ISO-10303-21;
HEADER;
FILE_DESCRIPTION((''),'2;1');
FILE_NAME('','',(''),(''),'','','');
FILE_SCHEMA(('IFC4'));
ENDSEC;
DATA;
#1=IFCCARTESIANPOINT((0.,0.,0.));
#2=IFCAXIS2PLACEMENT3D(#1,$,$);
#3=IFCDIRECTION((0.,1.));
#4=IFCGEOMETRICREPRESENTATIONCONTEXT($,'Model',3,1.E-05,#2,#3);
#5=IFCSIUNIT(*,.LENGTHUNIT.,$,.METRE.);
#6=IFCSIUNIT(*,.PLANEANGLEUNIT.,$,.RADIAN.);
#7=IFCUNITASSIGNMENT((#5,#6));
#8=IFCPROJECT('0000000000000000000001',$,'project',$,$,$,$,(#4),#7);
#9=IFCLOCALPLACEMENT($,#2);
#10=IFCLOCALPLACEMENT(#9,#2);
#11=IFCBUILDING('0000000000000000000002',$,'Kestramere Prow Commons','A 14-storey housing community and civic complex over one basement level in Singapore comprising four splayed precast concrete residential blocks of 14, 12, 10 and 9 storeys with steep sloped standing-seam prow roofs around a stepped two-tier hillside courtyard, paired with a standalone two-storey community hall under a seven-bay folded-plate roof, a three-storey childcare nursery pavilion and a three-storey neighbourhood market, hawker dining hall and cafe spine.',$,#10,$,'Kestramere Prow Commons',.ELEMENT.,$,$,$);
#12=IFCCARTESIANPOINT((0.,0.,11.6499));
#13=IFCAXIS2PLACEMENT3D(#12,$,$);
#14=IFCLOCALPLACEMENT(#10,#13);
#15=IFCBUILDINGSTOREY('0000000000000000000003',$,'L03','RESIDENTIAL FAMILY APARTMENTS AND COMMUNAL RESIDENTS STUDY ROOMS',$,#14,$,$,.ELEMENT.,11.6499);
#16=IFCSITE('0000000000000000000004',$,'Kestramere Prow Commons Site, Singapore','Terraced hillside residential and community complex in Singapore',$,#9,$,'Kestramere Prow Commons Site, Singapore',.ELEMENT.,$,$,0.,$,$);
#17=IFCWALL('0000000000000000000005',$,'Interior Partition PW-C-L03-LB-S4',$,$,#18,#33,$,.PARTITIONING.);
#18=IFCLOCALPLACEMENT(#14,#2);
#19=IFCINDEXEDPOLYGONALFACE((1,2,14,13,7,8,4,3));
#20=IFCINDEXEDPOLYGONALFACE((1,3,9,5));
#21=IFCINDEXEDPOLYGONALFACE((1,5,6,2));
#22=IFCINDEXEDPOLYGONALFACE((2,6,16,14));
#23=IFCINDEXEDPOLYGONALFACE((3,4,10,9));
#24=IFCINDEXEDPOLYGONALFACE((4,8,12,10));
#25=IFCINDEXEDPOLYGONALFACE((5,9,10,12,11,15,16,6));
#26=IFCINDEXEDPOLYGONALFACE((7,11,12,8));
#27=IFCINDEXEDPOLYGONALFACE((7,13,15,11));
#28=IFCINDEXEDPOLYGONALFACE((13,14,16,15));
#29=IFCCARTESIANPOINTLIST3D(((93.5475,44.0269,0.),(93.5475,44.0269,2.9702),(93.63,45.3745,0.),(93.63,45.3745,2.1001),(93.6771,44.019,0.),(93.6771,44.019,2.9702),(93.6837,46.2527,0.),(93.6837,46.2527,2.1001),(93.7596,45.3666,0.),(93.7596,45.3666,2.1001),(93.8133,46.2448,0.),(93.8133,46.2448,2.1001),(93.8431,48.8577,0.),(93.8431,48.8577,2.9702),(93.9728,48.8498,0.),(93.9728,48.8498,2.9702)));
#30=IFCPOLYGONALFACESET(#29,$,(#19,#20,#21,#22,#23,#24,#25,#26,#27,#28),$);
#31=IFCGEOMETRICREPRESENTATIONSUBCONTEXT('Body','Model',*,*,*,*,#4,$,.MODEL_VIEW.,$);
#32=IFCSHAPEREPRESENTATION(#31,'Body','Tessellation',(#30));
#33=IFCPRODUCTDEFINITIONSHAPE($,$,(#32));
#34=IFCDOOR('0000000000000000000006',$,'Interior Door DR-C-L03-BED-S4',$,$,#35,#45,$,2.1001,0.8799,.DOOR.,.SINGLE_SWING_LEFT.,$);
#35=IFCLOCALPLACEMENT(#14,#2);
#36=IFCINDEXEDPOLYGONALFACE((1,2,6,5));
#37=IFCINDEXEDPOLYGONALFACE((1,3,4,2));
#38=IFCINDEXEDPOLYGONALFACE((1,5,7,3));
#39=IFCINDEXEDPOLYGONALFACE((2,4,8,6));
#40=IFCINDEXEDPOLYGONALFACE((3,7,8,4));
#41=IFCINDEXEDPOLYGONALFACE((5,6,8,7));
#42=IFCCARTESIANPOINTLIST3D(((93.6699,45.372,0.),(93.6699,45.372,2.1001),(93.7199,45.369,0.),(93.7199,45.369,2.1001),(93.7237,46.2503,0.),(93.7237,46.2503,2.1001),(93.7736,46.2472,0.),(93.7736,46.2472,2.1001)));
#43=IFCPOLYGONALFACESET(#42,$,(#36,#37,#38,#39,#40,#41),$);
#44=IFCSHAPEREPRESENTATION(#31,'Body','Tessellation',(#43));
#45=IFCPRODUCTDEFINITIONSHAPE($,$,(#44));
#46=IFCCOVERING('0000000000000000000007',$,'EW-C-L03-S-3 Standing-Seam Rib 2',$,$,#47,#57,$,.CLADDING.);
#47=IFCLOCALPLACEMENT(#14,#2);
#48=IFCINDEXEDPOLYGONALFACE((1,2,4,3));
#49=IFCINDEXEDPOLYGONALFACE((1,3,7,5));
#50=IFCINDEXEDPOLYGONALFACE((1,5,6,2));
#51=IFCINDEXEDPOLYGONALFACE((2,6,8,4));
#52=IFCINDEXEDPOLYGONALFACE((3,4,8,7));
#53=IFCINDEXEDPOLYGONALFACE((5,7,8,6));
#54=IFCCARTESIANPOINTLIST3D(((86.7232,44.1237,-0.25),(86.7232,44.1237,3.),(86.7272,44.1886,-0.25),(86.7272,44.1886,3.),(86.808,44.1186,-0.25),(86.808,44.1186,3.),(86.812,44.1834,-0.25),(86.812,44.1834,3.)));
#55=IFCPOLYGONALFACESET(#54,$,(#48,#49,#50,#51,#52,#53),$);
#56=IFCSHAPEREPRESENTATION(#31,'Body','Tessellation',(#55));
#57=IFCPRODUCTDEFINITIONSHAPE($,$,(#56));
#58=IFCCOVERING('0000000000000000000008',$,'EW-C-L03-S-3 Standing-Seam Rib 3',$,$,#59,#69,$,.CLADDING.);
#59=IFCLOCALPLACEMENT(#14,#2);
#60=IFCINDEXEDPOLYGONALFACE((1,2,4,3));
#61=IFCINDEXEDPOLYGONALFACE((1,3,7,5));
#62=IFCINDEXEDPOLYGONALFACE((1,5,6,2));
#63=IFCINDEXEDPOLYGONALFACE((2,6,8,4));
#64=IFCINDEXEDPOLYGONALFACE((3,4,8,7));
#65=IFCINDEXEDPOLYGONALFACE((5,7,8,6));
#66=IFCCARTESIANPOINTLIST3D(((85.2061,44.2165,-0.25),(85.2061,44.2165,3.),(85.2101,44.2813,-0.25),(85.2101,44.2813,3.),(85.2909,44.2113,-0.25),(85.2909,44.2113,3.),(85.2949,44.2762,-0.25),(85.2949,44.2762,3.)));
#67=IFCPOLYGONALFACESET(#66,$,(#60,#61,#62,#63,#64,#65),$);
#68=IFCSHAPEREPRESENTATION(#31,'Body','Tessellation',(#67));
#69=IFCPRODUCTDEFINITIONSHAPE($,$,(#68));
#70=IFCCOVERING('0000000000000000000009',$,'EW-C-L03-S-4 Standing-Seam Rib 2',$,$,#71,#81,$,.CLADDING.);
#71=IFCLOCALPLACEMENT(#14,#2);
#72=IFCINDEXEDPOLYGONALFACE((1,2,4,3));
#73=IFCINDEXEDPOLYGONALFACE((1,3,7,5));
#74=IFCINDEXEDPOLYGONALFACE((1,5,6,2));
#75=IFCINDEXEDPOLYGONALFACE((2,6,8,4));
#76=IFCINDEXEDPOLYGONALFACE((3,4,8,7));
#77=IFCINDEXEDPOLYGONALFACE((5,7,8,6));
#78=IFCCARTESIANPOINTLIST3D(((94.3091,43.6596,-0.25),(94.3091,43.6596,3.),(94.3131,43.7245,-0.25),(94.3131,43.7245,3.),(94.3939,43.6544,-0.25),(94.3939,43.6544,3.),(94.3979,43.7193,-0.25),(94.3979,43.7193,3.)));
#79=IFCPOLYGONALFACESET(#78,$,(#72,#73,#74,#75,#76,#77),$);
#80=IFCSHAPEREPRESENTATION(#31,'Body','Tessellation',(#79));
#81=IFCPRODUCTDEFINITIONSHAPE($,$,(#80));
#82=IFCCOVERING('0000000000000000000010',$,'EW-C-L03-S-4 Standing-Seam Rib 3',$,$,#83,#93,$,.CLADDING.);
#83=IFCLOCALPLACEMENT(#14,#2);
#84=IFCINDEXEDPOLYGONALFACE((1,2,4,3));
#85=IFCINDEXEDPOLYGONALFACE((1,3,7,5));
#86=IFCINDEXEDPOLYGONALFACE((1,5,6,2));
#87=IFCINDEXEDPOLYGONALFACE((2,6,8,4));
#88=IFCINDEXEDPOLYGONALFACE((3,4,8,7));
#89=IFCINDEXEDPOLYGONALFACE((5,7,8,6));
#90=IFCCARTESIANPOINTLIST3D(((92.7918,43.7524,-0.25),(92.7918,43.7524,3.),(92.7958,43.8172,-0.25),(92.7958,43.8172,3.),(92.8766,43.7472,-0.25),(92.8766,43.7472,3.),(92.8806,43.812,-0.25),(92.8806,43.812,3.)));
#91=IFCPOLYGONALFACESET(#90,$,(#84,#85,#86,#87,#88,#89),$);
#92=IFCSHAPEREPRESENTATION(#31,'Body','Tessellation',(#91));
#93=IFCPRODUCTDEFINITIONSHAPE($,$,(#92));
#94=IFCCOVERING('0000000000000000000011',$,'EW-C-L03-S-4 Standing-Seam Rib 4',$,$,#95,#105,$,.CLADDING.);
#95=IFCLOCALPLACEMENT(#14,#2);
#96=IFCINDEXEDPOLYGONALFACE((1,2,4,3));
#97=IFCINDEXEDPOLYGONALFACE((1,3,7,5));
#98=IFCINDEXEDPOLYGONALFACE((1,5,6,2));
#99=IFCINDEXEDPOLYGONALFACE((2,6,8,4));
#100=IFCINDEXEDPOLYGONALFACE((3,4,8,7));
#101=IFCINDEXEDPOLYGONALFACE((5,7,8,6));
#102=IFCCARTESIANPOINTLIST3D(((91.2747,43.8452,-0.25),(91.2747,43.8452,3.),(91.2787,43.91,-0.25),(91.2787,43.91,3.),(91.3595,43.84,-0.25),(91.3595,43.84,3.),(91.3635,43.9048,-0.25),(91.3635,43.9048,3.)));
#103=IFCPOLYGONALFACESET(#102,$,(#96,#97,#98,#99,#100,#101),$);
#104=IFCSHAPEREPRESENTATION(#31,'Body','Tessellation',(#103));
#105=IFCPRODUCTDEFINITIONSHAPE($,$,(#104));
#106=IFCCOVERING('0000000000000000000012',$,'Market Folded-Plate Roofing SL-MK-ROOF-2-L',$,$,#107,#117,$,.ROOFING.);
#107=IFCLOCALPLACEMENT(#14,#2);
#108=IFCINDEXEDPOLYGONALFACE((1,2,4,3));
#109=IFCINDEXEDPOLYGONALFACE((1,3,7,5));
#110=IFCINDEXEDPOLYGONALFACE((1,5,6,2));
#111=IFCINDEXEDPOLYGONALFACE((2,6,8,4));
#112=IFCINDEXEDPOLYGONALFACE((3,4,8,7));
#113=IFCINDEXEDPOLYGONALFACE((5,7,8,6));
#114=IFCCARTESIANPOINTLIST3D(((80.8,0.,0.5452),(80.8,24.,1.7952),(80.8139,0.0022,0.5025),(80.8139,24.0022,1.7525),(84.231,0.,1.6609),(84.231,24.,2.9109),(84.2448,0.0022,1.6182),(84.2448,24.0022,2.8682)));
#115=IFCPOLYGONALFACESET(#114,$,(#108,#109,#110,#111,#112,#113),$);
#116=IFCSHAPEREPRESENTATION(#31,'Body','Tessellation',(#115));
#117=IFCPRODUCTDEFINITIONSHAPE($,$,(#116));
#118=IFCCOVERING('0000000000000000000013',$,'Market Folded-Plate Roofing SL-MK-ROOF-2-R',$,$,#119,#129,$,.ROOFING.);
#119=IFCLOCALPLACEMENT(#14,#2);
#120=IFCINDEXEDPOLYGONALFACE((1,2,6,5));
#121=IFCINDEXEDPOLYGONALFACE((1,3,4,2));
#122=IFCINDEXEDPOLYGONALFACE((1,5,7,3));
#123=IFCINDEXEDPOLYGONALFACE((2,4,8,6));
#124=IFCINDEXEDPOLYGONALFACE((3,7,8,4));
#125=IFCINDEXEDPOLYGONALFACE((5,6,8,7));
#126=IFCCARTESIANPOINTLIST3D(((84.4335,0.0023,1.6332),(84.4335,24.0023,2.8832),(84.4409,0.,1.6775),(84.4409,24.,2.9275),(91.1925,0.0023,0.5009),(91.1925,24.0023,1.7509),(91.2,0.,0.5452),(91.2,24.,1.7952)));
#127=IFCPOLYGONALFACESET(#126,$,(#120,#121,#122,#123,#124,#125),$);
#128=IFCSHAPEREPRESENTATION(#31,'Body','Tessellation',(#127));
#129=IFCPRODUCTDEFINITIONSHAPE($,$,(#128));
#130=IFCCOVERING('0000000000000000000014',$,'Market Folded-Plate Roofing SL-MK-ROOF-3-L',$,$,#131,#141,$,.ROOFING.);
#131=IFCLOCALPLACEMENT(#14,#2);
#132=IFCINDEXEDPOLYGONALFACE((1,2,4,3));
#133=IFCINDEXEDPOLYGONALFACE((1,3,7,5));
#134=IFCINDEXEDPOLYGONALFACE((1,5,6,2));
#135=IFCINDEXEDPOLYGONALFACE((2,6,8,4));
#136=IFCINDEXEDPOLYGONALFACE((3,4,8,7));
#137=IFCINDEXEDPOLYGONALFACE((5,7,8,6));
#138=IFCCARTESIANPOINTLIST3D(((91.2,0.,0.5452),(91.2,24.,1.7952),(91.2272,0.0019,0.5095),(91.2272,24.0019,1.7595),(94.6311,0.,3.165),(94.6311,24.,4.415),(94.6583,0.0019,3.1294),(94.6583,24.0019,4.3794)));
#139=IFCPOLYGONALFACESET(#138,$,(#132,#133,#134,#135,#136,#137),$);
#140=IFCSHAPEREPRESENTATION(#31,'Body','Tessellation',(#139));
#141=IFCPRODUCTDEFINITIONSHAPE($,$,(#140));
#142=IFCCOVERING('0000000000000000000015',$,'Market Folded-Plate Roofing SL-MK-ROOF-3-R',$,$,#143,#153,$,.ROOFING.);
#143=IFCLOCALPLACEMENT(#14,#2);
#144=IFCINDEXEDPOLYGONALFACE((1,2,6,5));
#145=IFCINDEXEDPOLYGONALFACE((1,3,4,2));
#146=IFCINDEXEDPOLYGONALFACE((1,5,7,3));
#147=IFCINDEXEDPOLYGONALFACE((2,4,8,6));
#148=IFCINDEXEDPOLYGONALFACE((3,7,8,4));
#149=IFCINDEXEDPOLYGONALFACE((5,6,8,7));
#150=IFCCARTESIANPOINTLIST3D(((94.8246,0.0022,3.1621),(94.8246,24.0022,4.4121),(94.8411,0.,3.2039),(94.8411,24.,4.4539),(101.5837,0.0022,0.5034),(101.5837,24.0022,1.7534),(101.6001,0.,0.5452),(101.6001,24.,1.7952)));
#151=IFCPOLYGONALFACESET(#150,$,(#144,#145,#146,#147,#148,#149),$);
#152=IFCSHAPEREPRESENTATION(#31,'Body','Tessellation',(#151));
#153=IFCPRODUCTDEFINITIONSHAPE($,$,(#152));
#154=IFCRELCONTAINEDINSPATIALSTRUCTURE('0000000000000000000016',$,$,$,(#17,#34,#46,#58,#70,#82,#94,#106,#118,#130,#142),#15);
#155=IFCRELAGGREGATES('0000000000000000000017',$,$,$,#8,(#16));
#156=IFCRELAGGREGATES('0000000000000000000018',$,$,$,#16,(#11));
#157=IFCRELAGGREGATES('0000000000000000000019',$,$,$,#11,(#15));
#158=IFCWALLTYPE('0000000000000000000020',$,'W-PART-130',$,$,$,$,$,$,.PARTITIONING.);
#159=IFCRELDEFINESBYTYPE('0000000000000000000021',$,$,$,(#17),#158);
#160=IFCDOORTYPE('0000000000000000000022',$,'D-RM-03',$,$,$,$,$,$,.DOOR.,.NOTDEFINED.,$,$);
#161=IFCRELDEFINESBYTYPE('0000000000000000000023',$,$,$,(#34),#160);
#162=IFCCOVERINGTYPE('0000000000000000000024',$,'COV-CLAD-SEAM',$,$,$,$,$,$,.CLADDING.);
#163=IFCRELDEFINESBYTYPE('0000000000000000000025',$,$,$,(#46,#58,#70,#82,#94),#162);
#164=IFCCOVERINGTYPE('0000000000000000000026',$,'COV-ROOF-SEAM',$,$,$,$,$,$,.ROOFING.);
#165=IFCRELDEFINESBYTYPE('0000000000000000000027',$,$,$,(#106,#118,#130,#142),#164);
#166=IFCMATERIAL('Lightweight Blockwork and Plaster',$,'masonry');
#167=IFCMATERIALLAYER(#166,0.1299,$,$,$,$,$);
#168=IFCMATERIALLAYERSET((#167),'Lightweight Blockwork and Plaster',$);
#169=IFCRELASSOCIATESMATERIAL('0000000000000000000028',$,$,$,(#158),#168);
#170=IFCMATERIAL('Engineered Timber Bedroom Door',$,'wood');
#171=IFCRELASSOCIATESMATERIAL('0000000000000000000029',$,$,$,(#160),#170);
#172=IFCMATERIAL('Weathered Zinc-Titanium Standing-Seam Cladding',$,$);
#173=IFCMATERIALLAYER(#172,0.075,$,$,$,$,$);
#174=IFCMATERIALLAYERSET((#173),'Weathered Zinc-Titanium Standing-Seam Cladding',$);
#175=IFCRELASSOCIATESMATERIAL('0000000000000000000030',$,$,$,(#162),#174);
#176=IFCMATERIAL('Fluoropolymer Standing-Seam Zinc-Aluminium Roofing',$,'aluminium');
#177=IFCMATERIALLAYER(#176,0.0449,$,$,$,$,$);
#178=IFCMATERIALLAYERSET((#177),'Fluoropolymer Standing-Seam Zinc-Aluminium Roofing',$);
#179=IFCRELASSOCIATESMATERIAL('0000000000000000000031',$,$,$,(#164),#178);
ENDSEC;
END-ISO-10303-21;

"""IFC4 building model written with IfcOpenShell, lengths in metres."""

from ifc_helpers import new_model, si_unit, direction, frame, frame_2d, origin, origin_2d, place, context, subcontext, project, spatial, polyline, rectangle, outline, extrude, material, layer, layer_set, type_object, element, fill, save


model = new_model("IFC4")

# Units and contexts
model_context = context("Model", 3, precision=1e-05, world=origin(), true_north=direction((0.0, 1.0)))
body_context = subcontext(model_context, "Body", "Model", "MODEL_VIEW")
ifc_project = project(units=[si_unit("LENGTHUNIT", "METRE"), si_unit("PLANEANGLEUNIT", "RADIAN")], contexts=[model_context])

# Site, building, storey
site_placement = place(None, origin())
site = spatial("IfcSite", under=ifc_project, at=site_placement, Name="Kestramere Prow Commons Site, Singapore", Description="Terraced hillside residential and community complex in Singapore", LongName="Kestramere Prow Commons Site, Singapore", CompositionType="ELEMENT", RefElevation=0.0)
building_placement = place(site_placement, origin())
building = spatial("IfcBuilding", under=site, at=building_placement, Name="Kestramere Prow Commons", Description="A 14-storey housing community and civic complex over one basement level in Singapore comprising four splayed precast concrete residential blocks of 14, 12, 10 and 9 storeys with steep sloped standing-seam prow roofs around a stepped two-tier hillside courtyard, paired with a standalone two-storey community hall under a seven-bay folded-plate roof, a three-storey childcare nursery pavilion and a three-storey neighbourhood market, hawker dining hall and cafe spine.", LongName="Kestramere Prow Commons", CompositionType="ELEMENT")
storey_placement = place(building_placement, frame((0.0, 0.0, 11.6499)))
storey = spatial("IfcBuildingStorey", under=building, at=storey_placement, Name="L03", Description="RESIDENTIAL FAMILY APARTMENTS AND COMMUNAL RESIDENTS STUDY ROOMS", CompositionType="ELEMENT", Elevation=11.6499)

# Wall, opening, door
ifc_material_1 = material(Name="Lightweight Blockwork and Plaster", Category="masonry")
ifc_layer_1 = layer(ifc_material_1, 0.1299)
ifc_layer_set_1 = layer_set([ifc_layer_1], Name="Lightweight Blockwork and Plaster")
wall_type_1 = type_object("IfcWallType", Name="W-PART-130", PredefinedType="PARTITIONING", material=ifc_layer_set_1)
wall_1_placement = place(storey_placement, frame((93.6123, 44.0229, 0.0), z_axis=(0.0, 0.0, 1.0), x_axis=(0.061087, 0.998132, 0.0)))
wall_1 = element("IfcWall", 1, at=wall_1_placement, inside=storey, type_object=wall_type_1, Name="Interior Partition PW-C-L03-LB-S4", PredefinedType="PARTITIONING", context=body_context, shape_type="SweptSolid", body=[
    extrude(rectangle(XDim=4.8398, YDim=0.1299, at=frame_2d((2.4199, 0.0))), origin(), (0.0, 0.0, 1.0), 2.9702),
])
opening_1_placement = place(wall_1_placement, frame((1.3501, 0.0, 0.0)))
opening_1 = element("IfcOpeningElement", 2, at=opening_1_placement, cuts=wall_1, PredefinedType="OPENING", context=body_context, shape_type="SweptSolid", body=[
    extrude(rectangle(XDim=0.8799, YDim=2.1001, at=frame_2d((0.4399, 1.05))), frame((0.0, 0.0798, 0.0), z_axis=(0.0, -1.0, 0.0), x_axis=(1.0, 0.0, 0.0)), (0.0, 0.0, 1.0), 0.1599),
])
ifc_material_2 = material(Name="Engineered Timber Bedroom Door", Category="wood")
door_type_1 = type_object("IfcDoorType", Name="D-RM-03", OperationType="NOTDEFINED", PredefinedType="DOOR", material=ifc_material_2)
door_1_placement = place(opening_1_placement, origin())
door_1 = element("IfcDoor", 3, at=door_1_placement, inside=storey, type_object=door_type_1, Name="Interior Door DR-C-L03-BED-S4", OperationType="SINGLE_SWING_LEFT", OverallHeight=2.1001, OverallWidth=0.8799, PredefinedType="DOOR", context=body_context, shape_type="SweptSolid", body=[
    extrude(rectangle(XDim=0.8799, YDim=2.1001, at=frame_2d((0.4399, 1.05))), frame((0.0, 0.0249, 0.0), z_axis=(0.0, -1.0, 0.0), x_axis=(1.0, 0.0, 0.0)), (0.0, 0.0, 1.0), 0.05),
])
fill(opening_1, door_1)

# Coverings
ifc_material_3 = material(Name="Weathered Zinc-Titanium Standing-Seam Cladding")
ifc_layer_2 = layer(ifc_material_3, 0.075)
ifc_layer_set_2 = layer_set([ifc_layer_2], Name="Weathered Zinc-Titanium Standing-Seam Cladding")
covering_type_1 = type_object("IfcCoveringType", Name="COV-CLAD-SEAM", PredefinedType="CLADDING", material=ifc_layer_set_2)
for number, where, z_axis, x_axis, name in (
    (4, (86.7676, 44.1536, -0.25), (0.0, 0.0, 1.0), (-0.998135, 0.061049, 0.0), "EW-C-L03-S-3 Standing-Seam Rib 2"),
    (5, (85.2505, 44.2463, -0.25), (0.0, 0.0, 1.0), (-0.998135, 0.061049, 0.0), "EW-C-L03-S-3 Standing-Seam Rib 3"),
    (6, (94.3535, 43.6895, -0.25), (0.0, 0.0, 1.0), (-0.998135, 0.061049, 0.0), "EW-C-L03-S-4 Standing-Seam Rib 2"),
    (7, (92.8362, 43.7822, -0.25), (0.0, 0.0, 1.0), (-0.998135, 0.061049, 0.0), "EW-C-L03-S-4 Standing-Seam Rib 3"),
    (8, (91.3191, 43.875, -0.25), (0.0, 0.0, 1.0), (-0.998135, 0.061049, 0.0), "EW-C-L03-S-4 Standing-Seam Rib 4"),
):
    element("IfcCovering", number, at=place(storey_placement, frame(where, z_axis=z_axis, x_axis=x_axis)), inside=storey, type_object=covering_type_1, Name=name, PredefinedType="CLADDING", context=body_context, shape_type="SweptSolid", body=[
        extrude(rectangle(XDim=0.085, YDim=0.0649, at=origin_2d()), origin(), (0.0, 0.0, 1.0), 3.25),
    ])
ifc_material_4 = material(Name="Fluoropolymer Standing-Seam Zinc-Aluminium Roofing", Category="aluminium")
ifc_layer_3 = layer(ifc_material_4, 0.0449)
ifc_layer_set_3 = layer_set([ifc_layer_3], Name="Fluoropolymer Standing-Seam Zinc-Aluminium Roofing")
covering_type_2 = type_object("IfcCoveringType", Name="COV-ROOF-SEAM", PredefinedType="ROOFING", material=ifc_layer_set_3)
covering_1_placement = place(storey_placement, frame((80.8, 0.0, 0.5452), z_axis=(-0.308877, -0.04947, 0.949815), x_axis=(0.950979, 0.0, 0.309256)))
element("IfcCovering", 9, at=covering_1_placement, inside=storey, type_object=covering_type_2, Name="Market Folded-Plate Roofing SL-MK-ROOF-2-L", PredefinedType="ROOFING", context=body_context, shape_type="SweptSolid", body=[
    extrude(outline(polyline([(0.0, 0.0), (3.6078, 0.0), (3.9943, 24.0294), (0.3866, 24.0294), (0.0, 0.0)])), origin(), (0.0, 0.0, -1.0), 0.0449),
])
covering_2_placement = place(storey_placement, frame((84.4409, 0.0, 1.6775), z_axis=(0.165007, -0.0513, 0.984957), x_axis=(0.986256, 0.0, -0.165225)))
element("IfcCovering", 10, at=covering_2_placement, inside=storey, type_object=covering_type_2, Name="Market Folded-Plate Roofing SL-MK-ROOF-2-R", PredefinedType="ROOFING", context=body_context, shape_type="SweptSolid", body=[
    extrude(outline(polyline([(0.0, 0.0), (6.8532, 0.0), (6.6467, 24.0316), (-0.2065, 24.0316), (0.0, 0.0)])), origin(), (0.0, 0.0, -1.0), 0.0449),
])
covering_3_placement = place(storey_placement, frame((91.2, 0.0, 0.5452), z_axis=(-0.606353, -0.04136, 0.794119), x_axis=(0.794799, 0.0, 0.606873)))
element("IfcCovering", 11, at=covering_3_placement, inside=storey, type_object=covering_type_2, Name="Market Folded-Plate Roofing SL-MK-ROOF-3-L", PredefinedType="ROOFING", context=body_context, shape_type="SweptSolid", body=[
    extrude(outline(polyline([(0.0, 0.0), (4.317, 0.0), (5.0756, 24.0206), (0.7586, 24.0206), (0.0, 0.0)])), origin(), (0.0, 0.0, -1.0), 0.0449),
])
covering_4_placement = place(storey_placement, frame((94.8411, 0.0, 3.2039), z_axis=(0.365624, -0.048412, 0.929503), x_axis=(0.930594, 0.0, -0.366053)))
element("IfcCovering", 12, at=covering_4_placement, inside=storey, type_object=covering_type_2, Name="Market Folded-Plate Roofing SL-MK-ROOF-3-R", PredefinedType="ROOFING", context=body_context, shape_type="SweptSolid", body=[
    extrude(outline(polyline([(0.0, 0.0), (7.2631, 0.0), (6.8056, 24.0282), (-0.4576, 24.0282), (0.0, 0.0)])), origin(), (0.0, 0.0, -1.0), 0.0449),
])

save(model, "model.ifc")
